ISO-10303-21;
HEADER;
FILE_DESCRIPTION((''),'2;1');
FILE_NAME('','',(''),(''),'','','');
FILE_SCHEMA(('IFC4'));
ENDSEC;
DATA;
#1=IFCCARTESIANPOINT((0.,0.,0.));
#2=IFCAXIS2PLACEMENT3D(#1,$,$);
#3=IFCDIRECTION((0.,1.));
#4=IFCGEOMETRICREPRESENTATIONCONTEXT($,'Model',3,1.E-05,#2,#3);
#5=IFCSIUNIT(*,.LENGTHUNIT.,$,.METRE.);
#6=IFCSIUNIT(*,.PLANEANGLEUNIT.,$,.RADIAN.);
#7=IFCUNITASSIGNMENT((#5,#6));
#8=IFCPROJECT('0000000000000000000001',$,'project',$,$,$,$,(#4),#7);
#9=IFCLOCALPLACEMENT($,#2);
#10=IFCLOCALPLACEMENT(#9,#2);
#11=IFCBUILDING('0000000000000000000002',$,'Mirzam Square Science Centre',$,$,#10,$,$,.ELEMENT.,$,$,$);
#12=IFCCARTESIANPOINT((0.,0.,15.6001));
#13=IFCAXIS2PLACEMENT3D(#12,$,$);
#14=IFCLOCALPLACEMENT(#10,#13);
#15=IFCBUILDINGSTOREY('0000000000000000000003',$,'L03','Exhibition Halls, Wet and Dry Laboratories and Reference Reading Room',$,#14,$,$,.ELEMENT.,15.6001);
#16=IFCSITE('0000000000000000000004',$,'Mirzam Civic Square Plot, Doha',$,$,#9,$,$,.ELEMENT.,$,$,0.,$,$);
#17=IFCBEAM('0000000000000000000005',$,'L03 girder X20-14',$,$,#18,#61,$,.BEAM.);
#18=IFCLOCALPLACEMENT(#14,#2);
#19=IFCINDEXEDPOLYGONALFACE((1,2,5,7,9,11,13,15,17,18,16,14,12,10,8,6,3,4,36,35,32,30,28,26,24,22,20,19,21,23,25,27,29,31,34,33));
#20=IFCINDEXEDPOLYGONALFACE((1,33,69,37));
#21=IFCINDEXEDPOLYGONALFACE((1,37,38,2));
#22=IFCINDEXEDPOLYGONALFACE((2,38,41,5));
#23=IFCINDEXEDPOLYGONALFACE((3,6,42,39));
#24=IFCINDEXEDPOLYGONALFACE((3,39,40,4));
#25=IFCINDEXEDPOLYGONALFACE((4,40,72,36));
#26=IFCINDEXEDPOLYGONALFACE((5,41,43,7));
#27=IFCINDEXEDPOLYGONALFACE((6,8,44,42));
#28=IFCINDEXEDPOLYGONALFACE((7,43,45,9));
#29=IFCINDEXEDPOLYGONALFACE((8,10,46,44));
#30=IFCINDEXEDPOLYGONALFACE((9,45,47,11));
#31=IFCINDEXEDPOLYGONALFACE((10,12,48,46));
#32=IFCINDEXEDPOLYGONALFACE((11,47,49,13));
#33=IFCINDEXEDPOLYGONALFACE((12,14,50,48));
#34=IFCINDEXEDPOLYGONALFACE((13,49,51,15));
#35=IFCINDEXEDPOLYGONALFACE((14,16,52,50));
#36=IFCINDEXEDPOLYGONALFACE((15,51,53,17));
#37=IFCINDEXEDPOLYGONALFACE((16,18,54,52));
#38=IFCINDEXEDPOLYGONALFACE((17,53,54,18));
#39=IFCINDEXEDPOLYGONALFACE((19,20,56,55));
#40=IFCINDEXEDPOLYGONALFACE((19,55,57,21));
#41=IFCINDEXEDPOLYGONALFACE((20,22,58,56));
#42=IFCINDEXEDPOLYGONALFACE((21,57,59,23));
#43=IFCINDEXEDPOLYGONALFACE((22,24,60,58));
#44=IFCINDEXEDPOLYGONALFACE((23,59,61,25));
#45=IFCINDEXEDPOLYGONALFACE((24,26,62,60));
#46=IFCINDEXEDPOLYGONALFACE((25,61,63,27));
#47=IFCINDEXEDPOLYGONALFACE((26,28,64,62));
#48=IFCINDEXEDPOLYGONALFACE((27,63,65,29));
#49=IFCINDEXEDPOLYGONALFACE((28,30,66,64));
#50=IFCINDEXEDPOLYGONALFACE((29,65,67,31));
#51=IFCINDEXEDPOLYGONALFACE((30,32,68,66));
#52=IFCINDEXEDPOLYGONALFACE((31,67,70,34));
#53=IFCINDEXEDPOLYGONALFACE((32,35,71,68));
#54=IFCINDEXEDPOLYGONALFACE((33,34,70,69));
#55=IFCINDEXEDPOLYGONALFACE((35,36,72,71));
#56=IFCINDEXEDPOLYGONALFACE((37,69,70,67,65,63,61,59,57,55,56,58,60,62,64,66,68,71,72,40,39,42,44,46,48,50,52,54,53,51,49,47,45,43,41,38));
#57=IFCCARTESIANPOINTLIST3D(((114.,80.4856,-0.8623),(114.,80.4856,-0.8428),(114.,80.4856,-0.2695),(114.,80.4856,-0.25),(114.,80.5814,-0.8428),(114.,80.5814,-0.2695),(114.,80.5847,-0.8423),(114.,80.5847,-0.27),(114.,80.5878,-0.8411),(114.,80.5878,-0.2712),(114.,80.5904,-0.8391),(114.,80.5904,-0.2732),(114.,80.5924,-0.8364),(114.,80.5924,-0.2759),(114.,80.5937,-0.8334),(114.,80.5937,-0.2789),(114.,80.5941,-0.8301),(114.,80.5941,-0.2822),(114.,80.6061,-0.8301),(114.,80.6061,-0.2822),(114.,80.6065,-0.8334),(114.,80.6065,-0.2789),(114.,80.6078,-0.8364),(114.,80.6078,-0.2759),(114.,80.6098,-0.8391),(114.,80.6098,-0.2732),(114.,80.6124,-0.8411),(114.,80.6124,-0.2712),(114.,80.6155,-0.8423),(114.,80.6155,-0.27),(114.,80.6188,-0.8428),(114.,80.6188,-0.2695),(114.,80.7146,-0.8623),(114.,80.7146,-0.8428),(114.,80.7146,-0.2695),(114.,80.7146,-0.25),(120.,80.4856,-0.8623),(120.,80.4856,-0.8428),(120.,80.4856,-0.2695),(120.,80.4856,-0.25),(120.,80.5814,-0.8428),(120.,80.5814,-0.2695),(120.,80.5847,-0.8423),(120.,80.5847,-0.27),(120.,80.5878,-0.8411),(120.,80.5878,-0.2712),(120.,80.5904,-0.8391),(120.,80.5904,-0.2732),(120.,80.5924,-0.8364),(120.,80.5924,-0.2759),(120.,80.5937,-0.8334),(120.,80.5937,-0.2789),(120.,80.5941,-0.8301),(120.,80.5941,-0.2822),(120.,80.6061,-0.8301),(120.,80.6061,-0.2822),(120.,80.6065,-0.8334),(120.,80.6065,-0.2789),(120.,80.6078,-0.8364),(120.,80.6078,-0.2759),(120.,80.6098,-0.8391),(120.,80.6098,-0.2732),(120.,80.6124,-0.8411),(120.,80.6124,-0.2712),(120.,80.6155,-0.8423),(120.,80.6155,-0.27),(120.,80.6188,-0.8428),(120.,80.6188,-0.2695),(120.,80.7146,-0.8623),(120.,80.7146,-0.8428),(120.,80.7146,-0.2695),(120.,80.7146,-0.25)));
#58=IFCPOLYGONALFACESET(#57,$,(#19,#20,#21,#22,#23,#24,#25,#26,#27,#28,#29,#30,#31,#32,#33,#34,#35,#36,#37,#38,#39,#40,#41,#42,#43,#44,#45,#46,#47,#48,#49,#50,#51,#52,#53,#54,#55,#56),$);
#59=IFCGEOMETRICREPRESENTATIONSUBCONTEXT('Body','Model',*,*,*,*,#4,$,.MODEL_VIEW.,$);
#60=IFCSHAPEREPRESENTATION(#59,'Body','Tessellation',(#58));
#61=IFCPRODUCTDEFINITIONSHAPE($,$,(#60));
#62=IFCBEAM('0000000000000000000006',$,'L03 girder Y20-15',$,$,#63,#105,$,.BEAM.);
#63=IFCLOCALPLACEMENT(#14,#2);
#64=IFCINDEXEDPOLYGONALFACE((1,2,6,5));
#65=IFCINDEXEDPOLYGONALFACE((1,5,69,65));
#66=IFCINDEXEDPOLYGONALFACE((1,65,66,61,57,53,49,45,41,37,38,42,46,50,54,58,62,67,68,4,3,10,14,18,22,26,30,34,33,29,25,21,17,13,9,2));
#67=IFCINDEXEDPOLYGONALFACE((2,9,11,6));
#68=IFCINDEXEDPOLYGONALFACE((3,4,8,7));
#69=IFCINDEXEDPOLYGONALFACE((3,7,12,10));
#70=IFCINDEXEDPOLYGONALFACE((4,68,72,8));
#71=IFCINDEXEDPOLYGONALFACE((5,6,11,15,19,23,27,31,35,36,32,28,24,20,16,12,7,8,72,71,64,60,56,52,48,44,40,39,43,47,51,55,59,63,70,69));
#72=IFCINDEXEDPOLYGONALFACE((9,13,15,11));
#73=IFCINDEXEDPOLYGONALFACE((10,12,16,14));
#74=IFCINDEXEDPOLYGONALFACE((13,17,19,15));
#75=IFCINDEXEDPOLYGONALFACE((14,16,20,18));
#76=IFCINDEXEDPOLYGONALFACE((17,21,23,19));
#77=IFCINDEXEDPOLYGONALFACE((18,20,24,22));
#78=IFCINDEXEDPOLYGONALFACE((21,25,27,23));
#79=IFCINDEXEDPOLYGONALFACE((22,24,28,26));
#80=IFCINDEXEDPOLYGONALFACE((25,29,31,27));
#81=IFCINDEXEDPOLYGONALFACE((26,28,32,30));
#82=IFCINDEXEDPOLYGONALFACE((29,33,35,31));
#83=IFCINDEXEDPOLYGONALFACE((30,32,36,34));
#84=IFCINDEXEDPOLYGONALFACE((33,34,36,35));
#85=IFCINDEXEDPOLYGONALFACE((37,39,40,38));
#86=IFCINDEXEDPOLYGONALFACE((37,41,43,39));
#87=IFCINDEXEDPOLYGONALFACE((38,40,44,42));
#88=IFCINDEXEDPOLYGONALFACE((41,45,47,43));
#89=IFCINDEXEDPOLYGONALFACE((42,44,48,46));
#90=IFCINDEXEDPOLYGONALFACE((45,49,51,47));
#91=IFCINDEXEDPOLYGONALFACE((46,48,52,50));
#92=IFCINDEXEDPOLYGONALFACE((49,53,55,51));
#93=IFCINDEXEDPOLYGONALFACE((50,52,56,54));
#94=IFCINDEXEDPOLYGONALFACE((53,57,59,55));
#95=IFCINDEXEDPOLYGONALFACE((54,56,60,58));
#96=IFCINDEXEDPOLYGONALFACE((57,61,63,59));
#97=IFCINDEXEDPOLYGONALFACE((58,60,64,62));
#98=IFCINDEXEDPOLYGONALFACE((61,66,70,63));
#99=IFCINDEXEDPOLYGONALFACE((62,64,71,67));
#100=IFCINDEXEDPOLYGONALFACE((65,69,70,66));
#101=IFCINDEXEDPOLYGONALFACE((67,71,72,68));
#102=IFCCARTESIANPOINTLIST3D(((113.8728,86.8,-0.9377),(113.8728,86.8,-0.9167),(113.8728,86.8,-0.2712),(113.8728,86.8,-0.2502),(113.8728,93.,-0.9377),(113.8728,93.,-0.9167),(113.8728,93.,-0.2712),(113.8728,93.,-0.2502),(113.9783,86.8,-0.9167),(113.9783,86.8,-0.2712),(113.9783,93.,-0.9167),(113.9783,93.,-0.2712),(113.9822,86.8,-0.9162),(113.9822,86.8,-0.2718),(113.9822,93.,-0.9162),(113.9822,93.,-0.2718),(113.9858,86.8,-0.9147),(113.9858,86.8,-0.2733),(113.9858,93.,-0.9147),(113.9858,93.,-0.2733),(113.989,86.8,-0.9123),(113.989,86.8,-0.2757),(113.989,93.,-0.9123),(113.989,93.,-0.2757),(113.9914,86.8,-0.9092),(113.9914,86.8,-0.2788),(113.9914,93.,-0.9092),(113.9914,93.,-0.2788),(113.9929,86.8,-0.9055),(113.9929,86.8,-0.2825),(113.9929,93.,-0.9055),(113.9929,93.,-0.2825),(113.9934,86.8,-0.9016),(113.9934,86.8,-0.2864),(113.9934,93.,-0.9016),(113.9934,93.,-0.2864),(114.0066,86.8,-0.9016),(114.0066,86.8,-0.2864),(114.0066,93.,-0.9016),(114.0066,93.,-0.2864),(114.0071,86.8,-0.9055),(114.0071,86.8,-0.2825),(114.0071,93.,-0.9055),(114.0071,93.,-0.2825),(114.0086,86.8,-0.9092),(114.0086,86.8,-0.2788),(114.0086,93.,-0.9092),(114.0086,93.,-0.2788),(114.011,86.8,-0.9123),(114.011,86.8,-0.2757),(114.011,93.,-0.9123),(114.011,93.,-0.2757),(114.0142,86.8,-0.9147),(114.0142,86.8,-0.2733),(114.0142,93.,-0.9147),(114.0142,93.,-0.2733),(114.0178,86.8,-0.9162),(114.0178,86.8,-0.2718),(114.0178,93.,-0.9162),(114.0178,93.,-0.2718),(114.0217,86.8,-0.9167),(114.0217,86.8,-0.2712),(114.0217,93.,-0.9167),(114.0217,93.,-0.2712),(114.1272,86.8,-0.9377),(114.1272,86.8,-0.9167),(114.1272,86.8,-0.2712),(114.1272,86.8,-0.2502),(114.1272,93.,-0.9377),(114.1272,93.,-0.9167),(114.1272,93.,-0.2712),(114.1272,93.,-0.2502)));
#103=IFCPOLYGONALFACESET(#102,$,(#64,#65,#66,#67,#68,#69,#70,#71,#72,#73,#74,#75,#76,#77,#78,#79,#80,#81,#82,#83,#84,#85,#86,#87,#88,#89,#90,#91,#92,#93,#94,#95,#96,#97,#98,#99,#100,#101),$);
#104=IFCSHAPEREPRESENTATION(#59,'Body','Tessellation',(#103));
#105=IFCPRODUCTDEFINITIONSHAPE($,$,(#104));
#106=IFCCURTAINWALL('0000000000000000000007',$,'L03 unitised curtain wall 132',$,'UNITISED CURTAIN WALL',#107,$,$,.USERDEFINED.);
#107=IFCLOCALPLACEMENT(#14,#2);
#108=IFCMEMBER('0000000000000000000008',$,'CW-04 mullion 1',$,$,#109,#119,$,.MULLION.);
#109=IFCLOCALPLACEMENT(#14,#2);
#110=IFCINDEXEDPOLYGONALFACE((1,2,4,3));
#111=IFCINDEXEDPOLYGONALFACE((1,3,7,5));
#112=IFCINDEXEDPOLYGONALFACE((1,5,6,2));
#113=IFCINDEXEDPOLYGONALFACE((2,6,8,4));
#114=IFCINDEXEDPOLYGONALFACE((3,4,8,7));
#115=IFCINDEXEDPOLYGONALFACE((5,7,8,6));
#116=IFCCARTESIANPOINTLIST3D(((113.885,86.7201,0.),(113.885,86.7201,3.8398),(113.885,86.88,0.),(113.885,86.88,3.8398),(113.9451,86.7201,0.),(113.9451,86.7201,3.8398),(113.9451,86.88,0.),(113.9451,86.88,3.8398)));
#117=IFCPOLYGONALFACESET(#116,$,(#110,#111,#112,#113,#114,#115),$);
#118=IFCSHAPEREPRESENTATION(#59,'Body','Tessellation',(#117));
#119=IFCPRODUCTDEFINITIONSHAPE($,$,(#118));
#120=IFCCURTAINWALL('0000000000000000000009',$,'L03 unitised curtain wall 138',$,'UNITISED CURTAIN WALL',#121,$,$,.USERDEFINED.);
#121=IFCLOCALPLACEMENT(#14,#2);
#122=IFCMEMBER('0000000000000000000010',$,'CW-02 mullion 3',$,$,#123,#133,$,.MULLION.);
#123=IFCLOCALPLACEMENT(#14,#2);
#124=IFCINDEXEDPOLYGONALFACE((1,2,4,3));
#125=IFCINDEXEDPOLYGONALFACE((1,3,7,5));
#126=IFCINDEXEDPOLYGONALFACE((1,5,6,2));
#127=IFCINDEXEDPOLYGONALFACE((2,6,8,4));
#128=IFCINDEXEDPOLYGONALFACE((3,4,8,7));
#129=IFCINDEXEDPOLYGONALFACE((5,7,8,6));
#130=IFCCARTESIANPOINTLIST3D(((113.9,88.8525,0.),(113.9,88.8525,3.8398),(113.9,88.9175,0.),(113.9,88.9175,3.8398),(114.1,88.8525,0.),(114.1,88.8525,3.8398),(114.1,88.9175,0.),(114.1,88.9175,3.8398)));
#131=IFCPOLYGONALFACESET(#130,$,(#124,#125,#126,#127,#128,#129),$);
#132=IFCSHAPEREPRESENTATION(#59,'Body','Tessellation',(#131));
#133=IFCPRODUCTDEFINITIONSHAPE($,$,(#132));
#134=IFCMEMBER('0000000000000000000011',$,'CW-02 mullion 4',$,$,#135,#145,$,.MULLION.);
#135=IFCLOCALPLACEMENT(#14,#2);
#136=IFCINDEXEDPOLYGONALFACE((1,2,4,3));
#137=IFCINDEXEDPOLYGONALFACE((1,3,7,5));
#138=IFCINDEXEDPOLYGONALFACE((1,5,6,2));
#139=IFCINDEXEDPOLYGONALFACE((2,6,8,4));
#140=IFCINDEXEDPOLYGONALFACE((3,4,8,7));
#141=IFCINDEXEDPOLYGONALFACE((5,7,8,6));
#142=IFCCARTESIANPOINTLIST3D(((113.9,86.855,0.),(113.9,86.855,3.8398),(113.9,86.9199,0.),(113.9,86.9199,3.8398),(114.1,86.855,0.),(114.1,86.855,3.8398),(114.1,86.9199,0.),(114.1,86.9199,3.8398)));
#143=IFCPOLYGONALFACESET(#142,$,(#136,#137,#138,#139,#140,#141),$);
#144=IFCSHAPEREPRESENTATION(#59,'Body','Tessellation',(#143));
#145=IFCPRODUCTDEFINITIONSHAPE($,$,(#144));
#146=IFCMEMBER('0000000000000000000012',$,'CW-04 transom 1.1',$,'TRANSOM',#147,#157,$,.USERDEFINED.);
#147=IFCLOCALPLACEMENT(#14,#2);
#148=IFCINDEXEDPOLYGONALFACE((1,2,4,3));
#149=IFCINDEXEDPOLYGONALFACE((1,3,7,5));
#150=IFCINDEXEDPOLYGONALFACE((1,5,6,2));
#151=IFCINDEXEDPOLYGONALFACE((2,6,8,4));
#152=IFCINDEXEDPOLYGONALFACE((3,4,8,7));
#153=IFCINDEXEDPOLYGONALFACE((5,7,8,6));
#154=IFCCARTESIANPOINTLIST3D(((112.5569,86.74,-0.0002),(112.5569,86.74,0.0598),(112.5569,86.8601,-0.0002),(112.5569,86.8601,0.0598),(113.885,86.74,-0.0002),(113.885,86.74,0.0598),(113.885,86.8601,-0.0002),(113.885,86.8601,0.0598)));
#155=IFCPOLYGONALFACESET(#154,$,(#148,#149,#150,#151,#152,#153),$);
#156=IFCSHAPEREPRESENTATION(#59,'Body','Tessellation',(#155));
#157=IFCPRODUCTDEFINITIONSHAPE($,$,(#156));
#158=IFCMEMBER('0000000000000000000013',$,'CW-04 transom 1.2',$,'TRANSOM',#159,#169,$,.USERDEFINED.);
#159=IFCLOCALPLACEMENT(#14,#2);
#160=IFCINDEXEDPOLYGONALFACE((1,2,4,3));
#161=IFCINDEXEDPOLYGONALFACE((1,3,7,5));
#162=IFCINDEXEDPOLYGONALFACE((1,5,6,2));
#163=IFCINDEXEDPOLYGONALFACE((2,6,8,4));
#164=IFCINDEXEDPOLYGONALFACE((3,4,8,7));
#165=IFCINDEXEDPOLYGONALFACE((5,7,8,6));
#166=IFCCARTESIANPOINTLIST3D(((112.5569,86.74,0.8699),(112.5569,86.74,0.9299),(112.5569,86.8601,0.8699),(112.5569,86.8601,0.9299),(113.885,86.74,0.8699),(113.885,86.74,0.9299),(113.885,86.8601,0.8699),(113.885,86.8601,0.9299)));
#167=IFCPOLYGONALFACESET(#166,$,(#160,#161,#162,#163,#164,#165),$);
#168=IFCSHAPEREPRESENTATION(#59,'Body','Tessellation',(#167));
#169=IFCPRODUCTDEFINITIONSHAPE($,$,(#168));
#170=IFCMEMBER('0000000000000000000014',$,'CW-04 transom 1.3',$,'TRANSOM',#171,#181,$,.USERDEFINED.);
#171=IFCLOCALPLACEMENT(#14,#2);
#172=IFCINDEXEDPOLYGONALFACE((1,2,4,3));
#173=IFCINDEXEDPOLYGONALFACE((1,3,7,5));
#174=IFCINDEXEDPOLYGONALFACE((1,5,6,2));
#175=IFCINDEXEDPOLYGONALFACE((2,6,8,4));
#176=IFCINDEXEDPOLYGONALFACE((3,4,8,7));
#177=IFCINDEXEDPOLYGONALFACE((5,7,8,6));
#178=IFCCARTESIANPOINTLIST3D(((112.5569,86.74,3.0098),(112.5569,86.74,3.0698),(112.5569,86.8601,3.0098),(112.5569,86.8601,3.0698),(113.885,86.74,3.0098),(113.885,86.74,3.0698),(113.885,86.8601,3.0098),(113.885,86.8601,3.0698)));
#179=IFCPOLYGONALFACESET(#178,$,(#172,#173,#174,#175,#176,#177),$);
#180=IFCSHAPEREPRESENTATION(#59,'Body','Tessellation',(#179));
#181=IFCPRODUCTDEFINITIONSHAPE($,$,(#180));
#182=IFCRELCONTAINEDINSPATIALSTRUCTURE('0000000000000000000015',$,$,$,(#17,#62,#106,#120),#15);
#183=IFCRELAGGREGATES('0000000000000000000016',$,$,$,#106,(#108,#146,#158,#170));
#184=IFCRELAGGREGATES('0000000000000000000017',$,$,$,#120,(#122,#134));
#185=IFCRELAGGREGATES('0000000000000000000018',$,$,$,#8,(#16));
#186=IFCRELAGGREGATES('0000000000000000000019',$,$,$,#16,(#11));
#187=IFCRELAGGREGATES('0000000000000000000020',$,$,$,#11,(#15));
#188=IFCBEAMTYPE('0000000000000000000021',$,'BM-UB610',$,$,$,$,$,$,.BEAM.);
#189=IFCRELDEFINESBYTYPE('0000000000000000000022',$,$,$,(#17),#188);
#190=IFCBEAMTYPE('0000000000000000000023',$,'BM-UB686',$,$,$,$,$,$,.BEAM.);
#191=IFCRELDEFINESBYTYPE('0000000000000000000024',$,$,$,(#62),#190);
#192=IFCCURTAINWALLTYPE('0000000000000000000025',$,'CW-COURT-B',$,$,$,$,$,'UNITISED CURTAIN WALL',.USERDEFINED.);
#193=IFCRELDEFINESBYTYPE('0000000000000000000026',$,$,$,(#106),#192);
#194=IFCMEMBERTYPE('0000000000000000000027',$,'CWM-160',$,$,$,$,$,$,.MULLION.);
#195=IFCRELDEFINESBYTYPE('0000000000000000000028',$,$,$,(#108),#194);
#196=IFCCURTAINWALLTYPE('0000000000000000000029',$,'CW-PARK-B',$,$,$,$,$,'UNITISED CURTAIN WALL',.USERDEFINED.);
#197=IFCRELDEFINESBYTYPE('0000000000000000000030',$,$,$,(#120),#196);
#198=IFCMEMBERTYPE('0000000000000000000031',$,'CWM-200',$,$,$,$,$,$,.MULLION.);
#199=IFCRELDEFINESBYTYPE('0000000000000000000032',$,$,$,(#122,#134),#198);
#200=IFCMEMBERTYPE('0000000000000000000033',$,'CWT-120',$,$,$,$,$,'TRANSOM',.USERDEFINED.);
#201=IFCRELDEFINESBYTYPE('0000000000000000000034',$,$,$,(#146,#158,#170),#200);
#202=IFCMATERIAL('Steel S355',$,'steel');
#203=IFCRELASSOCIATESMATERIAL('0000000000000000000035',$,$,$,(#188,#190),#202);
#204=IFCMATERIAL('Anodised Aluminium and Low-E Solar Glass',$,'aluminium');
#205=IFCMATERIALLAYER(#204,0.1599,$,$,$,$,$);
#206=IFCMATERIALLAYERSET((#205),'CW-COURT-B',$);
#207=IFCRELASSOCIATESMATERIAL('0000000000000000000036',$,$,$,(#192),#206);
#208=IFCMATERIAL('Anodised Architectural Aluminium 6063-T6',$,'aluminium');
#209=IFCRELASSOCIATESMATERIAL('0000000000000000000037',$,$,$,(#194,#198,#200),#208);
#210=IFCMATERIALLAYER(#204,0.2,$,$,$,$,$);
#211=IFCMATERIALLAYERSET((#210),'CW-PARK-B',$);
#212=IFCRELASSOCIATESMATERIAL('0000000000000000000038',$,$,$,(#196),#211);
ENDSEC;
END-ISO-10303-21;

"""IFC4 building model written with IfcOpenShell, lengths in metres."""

from ifc_helpers import new_model, si_unit, direction, frame, origin, origin_2d, place, context, subcontext, project, spatial, rectangle, i_section, extrude, material, layer, layer_set, material_profile, profile_set, type_object, element, aggregate, save


model = new_model("IFC4")

# Units and contexts
model_context = context("Model", 3, precision=1e-05, world=origin(), true_north=direction((0.0, 1.0)))
body_context = subcontext(model_context, "Body", "Model", "MODEL_VIEW")
ifc_project = project(units=[si_unit("LENGTHUNIT", "METRE"), si_unit("PLANEANGLEUNIT", "RADIAN")], contexts=[model_context])

# Site, building, storey
site_placement = place(None, origin())
site = spatial("IfcSite", under=ifc_project, at=site_placement, Name="Mirzam Civic Square Plot, Doha", CompositionType="ELEMENT", RefElevation=0.0)
building_placement = place(site_placement, origin())
building = spatial("IfcBuilding", under=site, at=building_placement, Name="Mirzam Square Science Centre", CompositionType="ELEMENT")
storey_placement = place(building_placement, frame((0.0, 0.0, 15.6001)))
storey = spatial("IfcBuildingStorey", under=building, at=storey_placement, Name="L03", Description="Exhibition Halls, Wet and Dry Laboratories and Reference Reading Room", CompositionType="ELEMENT", Elevation=15.6001)

# Shared definitions
ifc_material_1 = material(Name="Steel S355", Category="steel")

# Beams
ifc_material_profile_1 = material_profile(ifc_material_1, i_section(OverallWidth=0.229, OverallDepth=0.6123, WebThickness=0.012, FlangeThickness=0.0195, FilletRadius=0.0127, at=origin_2d()), Name="610x229x125UB")
ifc_profile_set_1 = profile_set([ifc_material_profile_1], Name="Steel S355")
beam_type_1 = type_object("IfcBeamType", Name="BM-UB610", PredefinedType="BEAM", material=ifc_profile_set_1)
beam_1_placement = place(storey_placement, frame((114.0, 80.6001, -0.5562), z_axis=(1.0, 0.0, 0.0), x_axis=(0.0, 1.0, 0.0)))
element("IfcBeam", 1, at=beam_1_placement, inside=storey, type_object=beam_type_1, Name="L03 girder X20-14", PredefinedType="BEAM", context=body_context, shape_type="SweptSolid", body=[
    extrude(i_section(OverallWidth=0.229, OverallDepth=0.6123, WebThickness=0.012, FlangeThickness=0.0195, FilletRadius=0.0127, at=origin_2d()), origin(), (0.0, 0.0, 1.0), 6.0),
])
ifc_material_profile_2 = material_profile(ifc_material_1, i_section(OverallWidth=0.2544, OverallDepth=0.6875, WebThickness=0.0132, FlangeThickness=0.021, FilletRadius=0.0151, at=origin_2d()), Name="686x254x152UB")
ifc_profile_set_2 = profile_set([ifc_material_profile_2], Name="Steel S355")
beam_type_2 = type_object("IfcBeamType", Name="BM-UB686", PredefinedType="BEAM", material=ifc_profile_set_2)
beam_2_placement = place(storey_placement, frame((114.0, 86.8, -0.594), z_axis=(0.0, 1.0, 0.0), x_axis=(-1.0, 0.0, 0.0)))
element("IfcBeam", 2, at=beam_2_placement, inside=storey, type_object=beam_type_2, Name="L03 girder Y20-15", PredefinedType="BEAM", context=body_context, shape_type="SweptSolid", body=[
    extrude(i_section(OverallWidth=0.2544, OverallDepth=0.6875, WebThickness=0.0132, FlangeThickness=0.021, FilletRadius=0.0151, at=origin_2d()), origin(), (0.0, 0.0, 1.0), 6.2),
])

# Curtain wall, member
ifc_material_2 = material(Name="Anodised Aluminium and Low-E Solar Glass", Category="aluminium")
ifc_layer_1 = layer(ifc_material_2, 0.1599)
ifc_layer_set_1 = layer_set([ifc_layer_1], Name="CW-COURT-B")
curtain_wall_type_1 = type_object("IfcCurtainWallType", Name="CW-COURT-B", ElementType="UNITISED CURTAIN WALL", PredefinedType="USERDEFINED", material=ifc_layer_set_1)
curtain_wall_1_placement = place(storey_placement, origin())
curtain_wall_1 = element("IfcCurtainWall", 3, at=curtain_wall_1_placement, inside=storey, type_object=curtain_wall_type_1, Name="L03 unitised curtain wall 132", ObjectType="UNITISED CURTAIN WALL", PredefinedType="USERDEFINED")
ifc_material_3 = material(Name="Anodised Architectural Aluminium 6063-T6", Category="aluminium")
ifc_material_profile_3 = material_profile(ifc_material_3, rectangle(XDim=0.0601, YDim=0.1599, at=origin_2d()), Name="ALU-MULL-160x60x4")
ifc_profile_set_3 = profile_set([ifc_material_profile_3], Name="Anodised Architectural Aluminium 6063-T6")
member_type_1 = type_object("IfcMemberType", Name="CWM-160", PredefinedType="MULLION", material=ifc_profile_set_3)
member_1_placement = place(storey_placement, frame((113.915, 86.8, 0.0), z_axis=(0.0, 0.0, 1.0), x_axis=(-1.0, 0.0, 0.0)))
member_1 = element("IfcMember", 4, at=member_1_placement, type_object=member_type_1, Name="CW-04 mullion 1", PredefinedType="MULLION", context=body_context, shape_type="SweptSolid", body=[
    extrude(rectangle(XDim=0.0601, YDim=0.1599, at=origin_2d()), origin(), (0.0, 0.0, 1.0), 3.8398),
])

# Curtain wall, members
ifc_layer_2 = layer(ifc_material_2, 0.2)
ifc_layer_set_2 = layer_set([ifc_layer_2], Name="CW-PARK-B")
curtain_wall_type_2 = type_object("IfcCurtainWallType", Name="CW-PARK-B", ElementType="UNITISED CURTAIN WALL", PredefinedType="USERDEFINED", material=ifc_layer_set_2)
curtain_wall_2_placement = place(storey_placement, origin())
curtain_wall_2 = element("IfcCurtainWall", 5, at=curtain_wall_2_placement, inside=storey, type_object=curtain_wall_type_2, Name="L03 unitised curtain wall 138", ObjectType="UNITISED CURTAIN WALL", PredefinedType="USERDEFINED")
ifc_material_profile_4 = material_profile(ifc_material_3, rectangle(XDim=0.0649, YDim=0.2, at=origin_2d()), Name="ALU-MULL-200x65x5")
ifc_profile_set_4 = profile_set([ifc_material_profile_4], Name="Anodised Architectural Aluminium 6063-T6")
member_type_2 = type_object("IfcMemberType", Name="CWM-200", PredefinedType="MULLION", material=ifc_profile_set_4)
member_2_placement = place(storey_placement, frame((114.0, 88.885, 0.0), z_axis=(0.0, 0.0, 1.0), x_axis=(0.0, -1.0, 0.0)))
member_2 = element("IfcMember", 6, at=member_2_placement, type_object=member_type_2, Name="CW-02 mullion 3", PredefinedType="MULLION", context=body_context, shape_type="SweptSolid", body=[
    extrude(rectangle(XDim=0.0649, YDim=0.2, at=origin_2d()), origin(), (0.0, 0.0, 1.0), 3.8398),
])
member_3_placement = place(storey_placement, frame((114.0, 86.8875, 0.0), z_axis=(0.0, 0.0, 1.0), x_axis=(0.0, -1.0, 0.0)))
member_3 = element("IfcMember", 7, at=member_3_placement, type_object=member_type_2, Name="CW-02 mullion 4", PredefinedType="MULLION", context=body_context, shape_type="SweptSolid", body=[
    extrude(rectangle(XDim=0.0649, YDim=0.2, at=origin_2d()), origin(), (0.0, 0.0, 1.0), 3.8398),
])

# Members
ifc_material_profile_5 = material_profile(ifc_material_3, rectangle(XDim=0.1201, YDim=0.0601, at=origin_2d()), Name="ALU-TRAN-120x60x4")
ifc_profile_set_5 = profile_set([ifc_material_profile_5], Name="Anodised Architectural Aluminium 6063-T6")
member_type_3 = type_object("IfcMemberType", Name="CWT-120", ElementType="TRANSOM", PredefinedType="USERDEFINED", material=ifc_profile_set_5)
member_4_placement = place(storey_placement, frame((113.885, 86.8, 0.0298), z_axis=(-1.0, 0.0, 0.0), x_axis=(0.0, -1.0, 0.0)))
member_4 = element("IfcMember", 8, at=member_4_placement, type_object=member_type_3, Name="CW-04 transom 1.1", ObjectType="TRANSOM", PredefinedType="USERDEFINED", context=body_context, shape_type="SweptSolid", body=[
    extrude(rectangle(XDim=0.1201, YDim=0.0601, at=origin_2d()), origin(), (0.0, 0.0, 1.0), 1.3281),
])
member_5_placement = place(storey_placement, frame((113.885, 86.8, 0.8999), z_axis=(-1.0, 0.0, 0.0), x_axis=(0.0, -1.0, 0.0)))
member_5 = element("IfcMember", 9, at=member_5_placement, type_object=member_type_3, Name="CW-04 transom 1.2", ObjectType="TRANSOM", PredefinedType="USERDEFINED", context=body_context, shape_type="SweptSolid", body=[
    extrude(rectangle(XDim=0.1201, YDim=0.0601, at=origin_2d()), origin(), (0.0, 0.0, 1.0), 1.3281),
])
member_6_placement = place(storey_placement, frame((113.885, 86.8, 3.0398), z_axis=(-1.0, 0.0, 0.0), x_axis=(0.0, -1.0, 0.0)))
member_6 = element("IfcMember", 10, at=member_6_placement, type_object=member_type_3, Name="CW-04 transom 1.3", ObjectType="TRANSOM", PredefinedType="USERDEFINED", context=body_context, shape_type="SweptSolid", body=[
    extrude(rectangle(XDim=0.1201, YDim=0.0601, at=origin_2d()), origin(), (0.0, 0.0, 1.0), 1.3281),
])
aggregate(curtain_wall_1, [member_1, member_4, member_5, member_6])

aggregate(curtain_wall_2, [member_2, member_3])

save(model, "model.ifc")
